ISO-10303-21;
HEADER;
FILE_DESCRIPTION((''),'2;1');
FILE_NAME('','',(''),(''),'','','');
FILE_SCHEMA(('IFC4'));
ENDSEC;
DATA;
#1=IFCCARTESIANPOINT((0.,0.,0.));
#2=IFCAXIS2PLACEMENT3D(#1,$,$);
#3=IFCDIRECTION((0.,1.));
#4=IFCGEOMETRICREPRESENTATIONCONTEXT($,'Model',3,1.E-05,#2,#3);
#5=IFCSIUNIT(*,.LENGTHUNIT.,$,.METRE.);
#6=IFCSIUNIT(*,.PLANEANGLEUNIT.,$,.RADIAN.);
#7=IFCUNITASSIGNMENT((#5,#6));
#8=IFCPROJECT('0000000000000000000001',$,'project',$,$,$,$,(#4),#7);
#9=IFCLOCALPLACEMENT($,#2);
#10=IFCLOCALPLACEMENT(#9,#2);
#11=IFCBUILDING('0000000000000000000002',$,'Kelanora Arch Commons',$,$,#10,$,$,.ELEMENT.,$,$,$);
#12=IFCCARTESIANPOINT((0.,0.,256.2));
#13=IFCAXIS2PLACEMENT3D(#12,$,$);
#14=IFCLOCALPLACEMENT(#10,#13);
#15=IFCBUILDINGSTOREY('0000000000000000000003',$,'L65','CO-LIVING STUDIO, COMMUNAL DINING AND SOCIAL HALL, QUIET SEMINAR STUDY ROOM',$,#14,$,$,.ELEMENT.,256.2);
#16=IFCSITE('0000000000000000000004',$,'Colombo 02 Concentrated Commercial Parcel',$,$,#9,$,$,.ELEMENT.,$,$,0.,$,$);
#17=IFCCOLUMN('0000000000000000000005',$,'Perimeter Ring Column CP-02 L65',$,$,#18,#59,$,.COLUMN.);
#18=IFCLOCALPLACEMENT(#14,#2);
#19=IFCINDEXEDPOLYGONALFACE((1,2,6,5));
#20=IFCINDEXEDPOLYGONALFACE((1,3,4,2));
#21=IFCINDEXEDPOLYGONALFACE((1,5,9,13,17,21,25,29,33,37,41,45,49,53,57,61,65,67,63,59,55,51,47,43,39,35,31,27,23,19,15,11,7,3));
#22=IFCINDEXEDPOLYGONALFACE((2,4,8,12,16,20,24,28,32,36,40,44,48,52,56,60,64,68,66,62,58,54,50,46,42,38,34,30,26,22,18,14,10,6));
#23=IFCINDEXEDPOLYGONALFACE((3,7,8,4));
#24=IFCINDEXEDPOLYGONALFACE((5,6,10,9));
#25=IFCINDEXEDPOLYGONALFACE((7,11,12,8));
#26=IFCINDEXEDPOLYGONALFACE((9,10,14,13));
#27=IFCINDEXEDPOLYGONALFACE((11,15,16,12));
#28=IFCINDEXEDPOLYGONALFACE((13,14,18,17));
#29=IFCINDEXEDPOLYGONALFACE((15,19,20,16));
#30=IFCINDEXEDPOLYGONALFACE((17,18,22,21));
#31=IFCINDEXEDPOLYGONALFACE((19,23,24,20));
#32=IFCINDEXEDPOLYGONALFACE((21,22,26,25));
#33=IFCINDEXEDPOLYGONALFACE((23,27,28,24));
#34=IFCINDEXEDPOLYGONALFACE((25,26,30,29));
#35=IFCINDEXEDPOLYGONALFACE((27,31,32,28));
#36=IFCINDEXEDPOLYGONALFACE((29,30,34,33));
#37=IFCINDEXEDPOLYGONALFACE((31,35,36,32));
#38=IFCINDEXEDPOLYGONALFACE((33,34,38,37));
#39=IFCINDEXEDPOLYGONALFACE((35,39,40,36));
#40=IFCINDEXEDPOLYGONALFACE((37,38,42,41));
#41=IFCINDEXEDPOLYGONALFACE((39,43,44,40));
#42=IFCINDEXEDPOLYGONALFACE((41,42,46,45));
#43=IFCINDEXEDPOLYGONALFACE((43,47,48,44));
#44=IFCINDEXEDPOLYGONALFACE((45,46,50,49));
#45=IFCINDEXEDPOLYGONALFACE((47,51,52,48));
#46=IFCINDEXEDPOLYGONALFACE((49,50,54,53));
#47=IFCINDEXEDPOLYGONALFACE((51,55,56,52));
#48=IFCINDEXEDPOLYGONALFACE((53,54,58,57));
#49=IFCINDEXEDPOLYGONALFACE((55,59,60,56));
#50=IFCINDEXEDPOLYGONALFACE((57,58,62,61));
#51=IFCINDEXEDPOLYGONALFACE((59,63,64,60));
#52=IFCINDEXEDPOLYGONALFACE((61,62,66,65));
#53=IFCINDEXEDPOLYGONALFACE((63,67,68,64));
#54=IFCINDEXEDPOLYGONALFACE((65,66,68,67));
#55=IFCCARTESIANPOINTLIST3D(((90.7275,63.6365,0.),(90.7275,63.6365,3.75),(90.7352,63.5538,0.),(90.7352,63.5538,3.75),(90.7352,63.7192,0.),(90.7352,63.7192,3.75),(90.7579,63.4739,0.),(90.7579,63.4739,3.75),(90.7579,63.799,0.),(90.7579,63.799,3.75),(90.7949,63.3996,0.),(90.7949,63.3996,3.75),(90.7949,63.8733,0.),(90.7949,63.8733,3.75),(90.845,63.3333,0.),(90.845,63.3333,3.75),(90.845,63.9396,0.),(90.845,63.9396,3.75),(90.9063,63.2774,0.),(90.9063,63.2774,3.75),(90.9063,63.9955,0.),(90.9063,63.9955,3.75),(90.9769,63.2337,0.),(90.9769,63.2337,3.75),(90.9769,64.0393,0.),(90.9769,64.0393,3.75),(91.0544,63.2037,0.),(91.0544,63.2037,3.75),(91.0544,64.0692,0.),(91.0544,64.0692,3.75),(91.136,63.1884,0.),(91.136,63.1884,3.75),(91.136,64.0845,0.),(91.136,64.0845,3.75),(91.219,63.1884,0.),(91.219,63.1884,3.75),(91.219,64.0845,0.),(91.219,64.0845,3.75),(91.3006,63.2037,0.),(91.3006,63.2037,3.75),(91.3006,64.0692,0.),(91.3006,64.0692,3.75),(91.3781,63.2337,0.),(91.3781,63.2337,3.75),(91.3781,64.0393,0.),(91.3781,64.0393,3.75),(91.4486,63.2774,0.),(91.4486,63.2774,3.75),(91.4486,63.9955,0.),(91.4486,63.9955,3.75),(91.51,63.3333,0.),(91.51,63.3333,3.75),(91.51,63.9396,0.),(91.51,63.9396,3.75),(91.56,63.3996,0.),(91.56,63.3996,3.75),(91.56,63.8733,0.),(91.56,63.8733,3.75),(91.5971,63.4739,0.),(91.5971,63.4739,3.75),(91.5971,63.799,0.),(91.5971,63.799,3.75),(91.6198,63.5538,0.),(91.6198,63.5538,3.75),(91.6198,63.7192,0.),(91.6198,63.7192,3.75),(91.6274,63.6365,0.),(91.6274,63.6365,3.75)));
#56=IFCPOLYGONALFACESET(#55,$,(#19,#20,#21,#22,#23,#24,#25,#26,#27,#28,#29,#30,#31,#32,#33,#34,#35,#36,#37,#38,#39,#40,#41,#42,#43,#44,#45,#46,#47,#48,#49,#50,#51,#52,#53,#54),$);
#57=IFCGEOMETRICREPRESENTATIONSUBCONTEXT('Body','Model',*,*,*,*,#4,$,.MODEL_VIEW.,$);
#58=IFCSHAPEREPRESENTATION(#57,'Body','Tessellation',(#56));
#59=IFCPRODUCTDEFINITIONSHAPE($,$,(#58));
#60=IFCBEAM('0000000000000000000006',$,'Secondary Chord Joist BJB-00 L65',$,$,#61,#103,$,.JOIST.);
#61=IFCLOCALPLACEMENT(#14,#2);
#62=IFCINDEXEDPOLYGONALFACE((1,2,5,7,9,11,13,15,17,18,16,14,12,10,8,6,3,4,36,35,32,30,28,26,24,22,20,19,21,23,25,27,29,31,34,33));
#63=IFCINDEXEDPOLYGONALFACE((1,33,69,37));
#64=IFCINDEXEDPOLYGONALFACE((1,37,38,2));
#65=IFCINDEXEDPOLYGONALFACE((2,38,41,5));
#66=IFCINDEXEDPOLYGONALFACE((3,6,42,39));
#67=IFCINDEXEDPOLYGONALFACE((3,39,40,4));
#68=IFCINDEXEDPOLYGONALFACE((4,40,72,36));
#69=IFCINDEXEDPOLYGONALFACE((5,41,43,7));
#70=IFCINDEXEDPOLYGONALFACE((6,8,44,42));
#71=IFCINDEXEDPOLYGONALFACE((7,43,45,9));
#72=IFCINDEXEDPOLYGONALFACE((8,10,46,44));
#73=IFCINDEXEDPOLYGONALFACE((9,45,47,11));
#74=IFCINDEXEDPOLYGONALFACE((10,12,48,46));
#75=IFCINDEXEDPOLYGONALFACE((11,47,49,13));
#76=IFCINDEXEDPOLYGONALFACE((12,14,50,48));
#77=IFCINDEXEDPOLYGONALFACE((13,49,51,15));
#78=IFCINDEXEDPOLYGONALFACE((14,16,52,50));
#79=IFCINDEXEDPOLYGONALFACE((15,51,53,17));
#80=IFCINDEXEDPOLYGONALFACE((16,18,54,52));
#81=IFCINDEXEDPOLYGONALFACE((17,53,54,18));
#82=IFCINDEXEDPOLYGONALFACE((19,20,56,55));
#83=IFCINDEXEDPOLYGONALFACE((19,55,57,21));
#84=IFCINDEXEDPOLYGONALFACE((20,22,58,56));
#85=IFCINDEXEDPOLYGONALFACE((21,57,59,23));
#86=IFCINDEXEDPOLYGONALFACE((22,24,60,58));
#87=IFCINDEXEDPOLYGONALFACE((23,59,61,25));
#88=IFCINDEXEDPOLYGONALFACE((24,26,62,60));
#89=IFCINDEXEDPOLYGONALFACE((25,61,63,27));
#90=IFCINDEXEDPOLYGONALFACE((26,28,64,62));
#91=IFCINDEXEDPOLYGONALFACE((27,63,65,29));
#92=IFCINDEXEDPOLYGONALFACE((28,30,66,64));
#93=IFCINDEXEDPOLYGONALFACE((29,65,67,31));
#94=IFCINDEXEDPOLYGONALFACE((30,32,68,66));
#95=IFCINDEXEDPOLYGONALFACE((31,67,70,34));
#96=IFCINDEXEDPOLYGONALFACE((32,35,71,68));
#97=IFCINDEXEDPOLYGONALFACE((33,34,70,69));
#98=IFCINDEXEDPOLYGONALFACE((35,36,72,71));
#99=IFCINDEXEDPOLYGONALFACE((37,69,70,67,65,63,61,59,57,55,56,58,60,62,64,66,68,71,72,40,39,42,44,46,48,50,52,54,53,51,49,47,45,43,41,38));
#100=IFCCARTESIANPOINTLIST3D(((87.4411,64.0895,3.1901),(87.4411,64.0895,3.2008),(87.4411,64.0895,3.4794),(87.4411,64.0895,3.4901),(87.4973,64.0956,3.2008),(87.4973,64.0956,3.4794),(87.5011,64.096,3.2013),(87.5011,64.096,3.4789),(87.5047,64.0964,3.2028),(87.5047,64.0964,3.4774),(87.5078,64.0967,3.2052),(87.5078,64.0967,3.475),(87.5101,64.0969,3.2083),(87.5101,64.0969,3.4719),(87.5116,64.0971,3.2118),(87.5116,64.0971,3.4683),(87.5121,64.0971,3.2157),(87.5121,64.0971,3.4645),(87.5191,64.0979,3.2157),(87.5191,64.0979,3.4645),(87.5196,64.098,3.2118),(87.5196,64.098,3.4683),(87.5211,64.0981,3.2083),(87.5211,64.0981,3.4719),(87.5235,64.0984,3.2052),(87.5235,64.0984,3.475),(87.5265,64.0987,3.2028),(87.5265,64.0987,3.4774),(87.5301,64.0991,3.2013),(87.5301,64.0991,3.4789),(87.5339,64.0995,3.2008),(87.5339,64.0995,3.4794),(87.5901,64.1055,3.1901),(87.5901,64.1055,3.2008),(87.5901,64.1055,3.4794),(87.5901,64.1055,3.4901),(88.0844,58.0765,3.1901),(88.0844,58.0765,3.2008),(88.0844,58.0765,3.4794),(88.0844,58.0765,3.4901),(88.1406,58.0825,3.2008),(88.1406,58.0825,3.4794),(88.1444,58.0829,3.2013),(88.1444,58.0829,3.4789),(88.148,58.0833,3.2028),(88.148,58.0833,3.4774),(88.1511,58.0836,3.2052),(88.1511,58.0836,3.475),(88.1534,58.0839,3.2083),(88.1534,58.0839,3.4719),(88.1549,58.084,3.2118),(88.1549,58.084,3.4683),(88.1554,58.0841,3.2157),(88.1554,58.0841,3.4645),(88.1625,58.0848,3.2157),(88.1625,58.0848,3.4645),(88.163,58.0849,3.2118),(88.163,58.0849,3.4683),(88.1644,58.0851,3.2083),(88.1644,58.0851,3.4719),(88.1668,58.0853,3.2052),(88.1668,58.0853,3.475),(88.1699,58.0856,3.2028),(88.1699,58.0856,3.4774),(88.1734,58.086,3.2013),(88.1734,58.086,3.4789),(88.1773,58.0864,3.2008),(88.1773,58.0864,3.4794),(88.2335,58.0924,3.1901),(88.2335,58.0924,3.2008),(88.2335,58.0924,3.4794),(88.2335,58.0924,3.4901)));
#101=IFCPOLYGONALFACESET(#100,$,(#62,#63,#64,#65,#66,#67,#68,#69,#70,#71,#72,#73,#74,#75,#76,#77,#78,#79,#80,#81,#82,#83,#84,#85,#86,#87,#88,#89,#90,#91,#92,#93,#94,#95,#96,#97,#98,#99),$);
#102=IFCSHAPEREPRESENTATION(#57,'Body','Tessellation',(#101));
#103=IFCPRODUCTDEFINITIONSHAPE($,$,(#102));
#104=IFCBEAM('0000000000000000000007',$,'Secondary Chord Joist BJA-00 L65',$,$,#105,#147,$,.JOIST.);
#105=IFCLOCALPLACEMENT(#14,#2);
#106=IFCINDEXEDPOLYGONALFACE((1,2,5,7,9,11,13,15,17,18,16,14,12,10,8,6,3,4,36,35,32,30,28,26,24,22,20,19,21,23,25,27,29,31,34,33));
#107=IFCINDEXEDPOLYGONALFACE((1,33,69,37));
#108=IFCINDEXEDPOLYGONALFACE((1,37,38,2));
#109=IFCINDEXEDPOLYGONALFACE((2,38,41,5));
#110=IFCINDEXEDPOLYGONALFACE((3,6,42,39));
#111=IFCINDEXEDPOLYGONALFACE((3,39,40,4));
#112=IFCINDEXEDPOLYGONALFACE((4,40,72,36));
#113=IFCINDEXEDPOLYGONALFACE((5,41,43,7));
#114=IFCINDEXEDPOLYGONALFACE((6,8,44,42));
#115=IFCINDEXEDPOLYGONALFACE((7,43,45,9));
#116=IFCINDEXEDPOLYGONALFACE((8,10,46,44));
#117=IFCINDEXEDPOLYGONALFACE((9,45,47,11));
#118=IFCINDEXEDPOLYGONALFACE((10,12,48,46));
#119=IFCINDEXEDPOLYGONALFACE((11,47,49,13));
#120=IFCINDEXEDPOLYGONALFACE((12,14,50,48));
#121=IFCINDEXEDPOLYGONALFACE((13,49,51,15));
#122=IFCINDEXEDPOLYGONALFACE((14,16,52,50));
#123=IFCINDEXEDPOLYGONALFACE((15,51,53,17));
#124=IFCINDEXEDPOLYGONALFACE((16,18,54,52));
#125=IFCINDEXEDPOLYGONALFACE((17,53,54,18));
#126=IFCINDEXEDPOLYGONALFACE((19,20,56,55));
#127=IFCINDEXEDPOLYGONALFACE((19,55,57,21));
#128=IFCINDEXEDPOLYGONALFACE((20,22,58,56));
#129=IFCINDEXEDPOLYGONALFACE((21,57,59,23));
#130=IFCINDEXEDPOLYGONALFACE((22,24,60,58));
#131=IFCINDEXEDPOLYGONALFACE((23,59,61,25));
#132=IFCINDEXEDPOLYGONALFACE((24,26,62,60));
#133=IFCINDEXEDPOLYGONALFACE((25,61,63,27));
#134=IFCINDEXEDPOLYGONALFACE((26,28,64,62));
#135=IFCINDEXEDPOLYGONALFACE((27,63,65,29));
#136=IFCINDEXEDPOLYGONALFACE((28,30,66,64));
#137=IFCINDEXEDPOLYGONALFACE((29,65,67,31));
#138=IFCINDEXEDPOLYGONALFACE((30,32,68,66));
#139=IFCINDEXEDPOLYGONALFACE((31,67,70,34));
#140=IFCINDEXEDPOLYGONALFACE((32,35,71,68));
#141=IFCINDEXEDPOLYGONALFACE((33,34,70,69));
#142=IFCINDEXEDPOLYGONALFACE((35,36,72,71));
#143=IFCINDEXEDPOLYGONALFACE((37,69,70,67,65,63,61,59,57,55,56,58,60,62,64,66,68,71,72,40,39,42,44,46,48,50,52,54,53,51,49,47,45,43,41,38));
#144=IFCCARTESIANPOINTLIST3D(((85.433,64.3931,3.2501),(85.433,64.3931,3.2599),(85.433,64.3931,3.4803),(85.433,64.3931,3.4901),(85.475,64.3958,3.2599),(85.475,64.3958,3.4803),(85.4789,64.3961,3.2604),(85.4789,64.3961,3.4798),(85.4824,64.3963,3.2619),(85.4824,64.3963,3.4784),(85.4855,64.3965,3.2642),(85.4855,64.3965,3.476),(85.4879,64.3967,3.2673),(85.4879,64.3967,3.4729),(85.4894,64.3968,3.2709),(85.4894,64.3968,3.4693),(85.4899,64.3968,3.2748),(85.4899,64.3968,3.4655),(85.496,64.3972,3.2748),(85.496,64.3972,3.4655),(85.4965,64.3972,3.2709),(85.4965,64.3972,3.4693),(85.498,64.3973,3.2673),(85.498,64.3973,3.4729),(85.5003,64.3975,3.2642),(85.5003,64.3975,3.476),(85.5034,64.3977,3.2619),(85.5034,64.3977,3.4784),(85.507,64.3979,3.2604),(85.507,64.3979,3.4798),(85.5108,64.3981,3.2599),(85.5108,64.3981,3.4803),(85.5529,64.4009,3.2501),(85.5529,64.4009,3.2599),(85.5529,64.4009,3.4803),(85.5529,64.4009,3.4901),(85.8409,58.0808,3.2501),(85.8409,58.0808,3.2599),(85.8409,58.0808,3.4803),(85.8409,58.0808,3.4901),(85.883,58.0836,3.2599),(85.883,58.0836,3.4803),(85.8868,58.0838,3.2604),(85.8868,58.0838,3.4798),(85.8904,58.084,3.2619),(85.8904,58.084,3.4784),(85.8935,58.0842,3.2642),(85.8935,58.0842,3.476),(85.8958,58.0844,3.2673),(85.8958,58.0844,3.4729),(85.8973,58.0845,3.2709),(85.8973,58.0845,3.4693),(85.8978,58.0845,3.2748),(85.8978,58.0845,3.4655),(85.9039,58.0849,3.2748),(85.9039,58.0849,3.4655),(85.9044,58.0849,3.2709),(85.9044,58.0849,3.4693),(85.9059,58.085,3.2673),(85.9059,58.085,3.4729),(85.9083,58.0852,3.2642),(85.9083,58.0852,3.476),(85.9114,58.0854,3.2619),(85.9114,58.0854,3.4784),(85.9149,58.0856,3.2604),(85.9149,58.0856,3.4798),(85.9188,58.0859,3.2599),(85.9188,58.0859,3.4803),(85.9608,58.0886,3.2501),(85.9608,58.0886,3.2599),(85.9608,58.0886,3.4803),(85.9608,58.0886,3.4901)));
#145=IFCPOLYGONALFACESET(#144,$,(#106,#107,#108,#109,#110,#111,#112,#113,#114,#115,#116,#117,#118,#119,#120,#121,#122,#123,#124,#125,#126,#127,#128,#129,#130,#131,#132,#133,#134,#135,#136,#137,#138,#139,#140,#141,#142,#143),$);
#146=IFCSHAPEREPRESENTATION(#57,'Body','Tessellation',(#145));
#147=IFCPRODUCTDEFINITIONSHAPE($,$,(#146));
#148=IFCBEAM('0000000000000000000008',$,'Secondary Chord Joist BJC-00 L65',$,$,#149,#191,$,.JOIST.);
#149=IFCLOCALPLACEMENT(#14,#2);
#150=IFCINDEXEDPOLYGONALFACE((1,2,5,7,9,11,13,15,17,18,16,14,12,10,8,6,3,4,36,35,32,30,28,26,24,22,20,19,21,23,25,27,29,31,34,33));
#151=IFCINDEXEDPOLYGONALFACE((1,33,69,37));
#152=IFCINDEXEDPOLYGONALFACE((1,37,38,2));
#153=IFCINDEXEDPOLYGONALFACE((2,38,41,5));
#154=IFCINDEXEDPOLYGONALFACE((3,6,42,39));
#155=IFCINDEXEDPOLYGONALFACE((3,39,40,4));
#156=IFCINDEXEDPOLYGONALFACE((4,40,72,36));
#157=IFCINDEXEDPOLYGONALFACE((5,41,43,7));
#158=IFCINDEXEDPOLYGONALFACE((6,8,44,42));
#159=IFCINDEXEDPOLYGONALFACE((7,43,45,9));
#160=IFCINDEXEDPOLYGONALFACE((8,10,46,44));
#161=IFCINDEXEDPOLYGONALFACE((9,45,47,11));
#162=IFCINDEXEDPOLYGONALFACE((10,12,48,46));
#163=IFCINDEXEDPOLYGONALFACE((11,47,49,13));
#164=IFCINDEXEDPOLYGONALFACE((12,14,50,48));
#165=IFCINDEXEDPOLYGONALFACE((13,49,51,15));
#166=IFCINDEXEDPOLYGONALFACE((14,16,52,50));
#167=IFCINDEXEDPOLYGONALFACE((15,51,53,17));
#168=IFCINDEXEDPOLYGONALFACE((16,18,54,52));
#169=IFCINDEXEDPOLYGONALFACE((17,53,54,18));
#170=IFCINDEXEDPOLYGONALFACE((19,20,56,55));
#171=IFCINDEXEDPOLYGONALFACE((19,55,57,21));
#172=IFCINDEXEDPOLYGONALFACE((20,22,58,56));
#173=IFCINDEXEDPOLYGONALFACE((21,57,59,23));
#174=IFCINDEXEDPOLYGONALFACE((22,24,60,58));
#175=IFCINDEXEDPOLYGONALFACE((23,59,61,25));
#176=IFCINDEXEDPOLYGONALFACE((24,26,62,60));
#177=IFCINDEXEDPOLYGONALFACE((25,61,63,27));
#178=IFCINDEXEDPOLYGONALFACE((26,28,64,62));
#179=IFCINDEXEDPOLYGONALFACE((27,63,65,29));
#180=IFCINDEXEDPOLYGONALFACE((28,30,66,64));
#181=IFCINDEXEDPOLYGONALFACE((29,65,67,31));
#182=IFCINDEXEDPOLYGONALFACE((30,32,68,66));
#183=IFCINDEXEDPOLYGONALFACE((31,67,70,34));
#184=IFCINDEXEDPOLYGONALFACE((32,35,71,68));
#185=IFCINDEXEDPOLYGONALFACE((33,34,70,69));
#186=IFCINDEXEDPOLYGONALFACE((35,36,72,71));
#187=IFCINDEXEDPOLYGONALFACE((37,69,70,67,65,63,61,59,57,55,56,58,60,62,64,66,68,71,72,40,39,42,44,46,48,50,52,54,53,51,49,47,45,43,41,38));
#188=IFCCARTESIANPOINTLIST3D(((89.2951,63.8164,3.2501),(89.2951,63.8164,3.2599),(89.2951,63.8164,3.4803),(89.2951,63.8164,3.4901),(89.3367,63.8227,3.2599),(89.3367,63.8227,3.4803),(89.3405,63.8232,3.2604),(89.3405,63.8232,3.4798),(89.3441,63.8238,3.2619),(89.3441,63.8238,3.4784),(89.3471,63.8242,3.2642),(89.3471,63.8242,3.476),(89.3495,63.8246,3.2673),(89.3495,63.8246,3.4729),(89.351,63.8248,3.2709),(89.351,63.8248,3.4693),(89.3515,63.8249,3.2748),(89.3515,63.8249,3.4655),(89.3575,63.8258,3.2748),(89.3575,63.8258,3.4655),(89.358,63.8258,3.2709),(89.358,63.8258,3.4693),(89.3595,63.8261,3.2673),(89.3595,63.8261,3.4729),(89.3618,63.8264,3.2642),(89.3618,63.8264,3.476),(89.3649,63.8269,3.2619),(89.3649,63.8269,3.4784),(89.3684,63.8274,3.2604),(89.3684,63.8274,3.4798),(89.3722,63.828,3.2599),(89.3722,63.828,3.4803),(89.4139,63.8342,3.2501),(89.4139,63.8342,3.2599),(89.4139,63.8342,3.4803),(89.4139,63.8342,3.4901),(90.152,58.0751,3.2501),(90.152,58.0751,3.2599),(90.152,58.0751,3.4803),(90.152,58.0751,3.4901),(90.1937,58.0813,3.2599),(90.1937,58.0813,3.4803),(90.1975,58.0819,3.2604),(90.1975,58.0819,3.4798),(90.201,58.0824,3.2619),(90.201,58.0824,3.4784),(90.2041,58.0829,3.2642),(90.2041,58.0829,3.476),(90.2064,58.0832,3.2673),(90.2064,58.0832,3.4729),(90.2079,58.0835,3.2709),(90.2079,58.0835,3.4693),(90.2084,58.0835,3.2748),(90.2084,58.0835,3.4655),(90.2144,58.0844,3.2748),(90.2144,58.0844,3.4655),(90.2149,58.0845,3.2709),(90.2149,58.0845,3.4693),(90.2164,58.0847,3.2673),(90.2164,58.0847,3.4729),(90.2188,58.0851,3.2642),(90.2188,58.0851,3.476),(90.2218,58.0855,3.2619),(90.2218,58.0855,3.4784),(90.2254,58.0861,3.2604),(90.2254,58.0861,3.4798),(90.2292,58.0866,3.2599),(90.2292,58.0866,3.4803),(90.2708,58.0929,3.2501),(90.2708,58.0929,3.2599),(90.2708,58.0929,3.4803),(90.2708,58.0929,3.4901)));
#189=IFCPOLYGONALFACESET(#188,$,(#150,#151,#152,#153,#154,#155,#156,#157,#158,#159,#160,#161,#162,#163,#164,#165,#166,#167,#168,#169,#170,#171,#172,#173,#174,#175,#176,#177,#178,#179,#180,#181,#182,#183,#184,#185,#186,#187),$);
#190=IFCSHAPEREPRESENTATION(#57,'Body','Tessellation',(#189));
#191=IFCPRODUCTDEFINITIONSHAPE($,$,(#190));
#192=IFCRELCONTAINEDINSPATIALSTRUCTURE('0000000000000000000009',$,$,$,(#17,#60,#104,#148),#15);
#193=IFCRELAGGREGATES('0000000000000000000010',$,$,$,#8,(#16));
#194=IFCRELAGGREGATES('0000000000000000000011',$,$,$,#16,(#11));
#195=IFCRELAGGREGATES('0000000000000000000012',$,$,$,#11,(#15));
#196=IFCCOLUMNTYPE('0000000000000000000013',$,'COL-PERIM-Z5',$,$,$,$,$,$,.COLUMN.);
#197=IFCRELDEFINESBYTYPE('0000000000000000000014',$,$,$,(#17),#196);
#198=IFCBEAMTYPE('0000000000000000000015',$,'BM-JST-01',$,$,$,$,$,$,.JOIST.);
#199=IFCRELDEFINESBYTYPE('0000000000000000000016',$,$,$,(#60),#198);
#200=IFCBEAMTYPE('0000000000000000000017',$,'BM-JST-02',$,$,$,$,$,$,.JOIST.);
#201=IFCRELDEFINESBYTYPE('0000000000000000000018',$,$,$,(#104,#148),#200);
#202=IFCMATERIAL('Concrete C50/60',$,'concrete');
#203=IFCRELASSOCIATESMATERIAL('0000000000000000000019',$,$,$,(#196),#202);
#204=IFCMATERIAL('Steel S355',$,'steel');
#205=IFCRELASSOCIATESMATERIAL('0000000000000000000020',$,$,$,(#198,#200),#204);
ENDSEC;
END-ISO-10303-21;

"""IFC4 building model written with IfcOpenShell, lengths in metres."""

from ifc_helpers import new_model, si_unit, direction, frame, origin, origin_2d, place, context, subcontext, project, spatial, circle, i_section, extrude, material, material_profile, profile_set, type_object, element, save


model = new_model("IFC4")

# Units and contexts
model_context = context("Model", 3, precision=1e-05, world=origin(), true_north=direction((0.0, 1.0)))
body_context = subcontext(model_context, "Body", "Model", "MODEL_VIEW")
ifc_project = project(units=[si_unit("LENGTHUNIT", "METRE"), si_unit("PLANEANGLEUNIT", "RADIAN")], contexts=[model_context])

# Site, building, storey
site_placement = place(None, origin())
site = spatial("IfcSite", under=ifc_project, at=site_placement, Name="Colombo 02 Concentrated Commercial Parcel", CompositionType="ELEMENT", RefElevation=0.0)
building_placement = place(site_placement, origin())
building = spatial("IfcBuilding", under=site, at=building_placement, Name="Kelanora Arch Commons", CompositionType="ELEMENT")
storey_placement = place(building_placement, frame((0.0, 0.0, 256.2)))
storey = spatial("IfcBuildingStorey", under=building, at=storey_placement, Name="L65", Description="CO-LIVING STUDIO, COMMUNAL DINING AND SOCIAL HALL, QUIET SEMINAR STUDY ROOM", CompositionType="ELEMENT", Elevation=256.2)

# Column
ifc_material_1 = material(Name="Concrete C50/60", Category="concrete")
ifc_material_profile_1 = material_profile(ifc_material_1, circle(Radius=0.45, at=origin_2d()), Name="RCC900")
ifc_profile_set_1 = profile_set([ifc_material_profile_1], Name="Concrete C50/60")
column_type = type_object("IfcColumnType", Name="COL-PERIM-Z5", PredefinedType="COLUMN", material=ifc_profile_set_1)
column_placement = place(storey_placement, frame((91.1775, 63.6365, 0.0), z_axis=(0.0, 0.0, 1.0), x_axis=(1.0, 0.0, 0.0)))
element("IfcColumn", 1, at=column_placement, inside=storey, type_object=column_type, Name="Perimeter Ring Column CP-02 L65", PredefinedType="COLUMN", context=body_context, shape_type="SweptSolid", body=[
    extrude(circle(Radius=0.45, at=origin_2d()), origin(), (0.0, 0.0, 1.0), 3.75),
])

# Beams
ifc_material_2 = material(Name="Steel S355", Category="steel")
ifc_material_profile_2 = material_profile(ifc_material_2, i_section(OverallWidth=0.1499, OverallDepth=0.3, WebThickness=0.0071, FlangeThickness=0.0107, FilletRadius=0.0149, at=origin_2d()), Name="IPE300")
ifc_profile_set_2 = profile_set([ifc_material_profile_2], Name="Steel S355")
beam_type_1 = type_object("IfcBeamType", Name="BM-JST-01", PredefinedType="JOIST", material=ifc_profile_set_2)
beam_1_placement = place(storey_placement, frame((88.1589, 58.0845, 3.3401), z_axis=(-0.106381, 0.994325, 0.0), x_axis=(-0.994325, -0.106381, 0.0)))
element("IfcBeam", 2, at=beam_1_placement, inside=storey, type_object=beam_type_1, Name="Secondary Chord Joist BJB-00 L65", PredefinedType="JOIST", context=body_context, shape_type="SweptSolid", body=[
    extrude(i_section(OverallWidth=0.1499, OverallDepth=0.3, WebThickness=0.0071, FlangeThickness=0.0107, FilletRadius=0.0149, at=origin_2d()), origin(), (0.0, 0.0, 1.0), 6.0474),
])
ifc_material_profile_3 = material_profile(ifc_material_2, i_section(OverallWidth=0.1201, OverallDepth=0.24, WebThickness=0.0061, FlangeThickness=0.0098, FilletRadius=0.0149, at=origin_2d()), Name="IPE240")
ifc_profile_set_3 = profile_set([ifc_material_profile_3], Name="Steel S355")
beam_type_2 = type_object("IfcBeamType", Name="BM-JST-02", PredefinedType="JOIST", material=ifc_profile_set_3)
beam_2_placement = place(storey_placement, frame((85.9009, 58.0847, 3.3701), z_axis=(-0.064495, 0.997918, 0.0), x_axis=(-0.997918, -0.064495, 0.0)))
element("IfcBeam", 3, at=beam_2_placement, inside=storey, type_object=beam_type_2, Name="Secondary Chord Joist BJA-00 L65", PredefinedType="JOIST", context=body_context, shape_type="SweptSolid", body=[
    extrude(i_section(OverallWidth=0.1201, OverallDepth=0.24, WebThickness=0.0061, FlangeThickness=0.0098, FilletRadius=0.0149, at=origin_2d()), origin(), (0.0, 0.0, 1.0), 6.3254),
])
beam_3_placement = place(storey_placement, frame((90.2114, 58.084, 3.3701), z_axis=(-0.147625, 0.989043, 0.0), x_axis=(-0.989043, -0.147625, 0.0)))
element("IfcBeam", 4, at=beam_3_placement, inside=storey, type_object=beam_type_2, Name="Secondary Chord Joist BJC-00 L65", PredefinedType="JOIST", context=body_context, shape_type="SweptSolid", body=[
    extrude(i_section(OverallWidth=0.1201, OverallDepth=0.24, WebThickness=0.0061, FlangeThickness=0.0098, FilletRadius=0.0149, at=origin_2d()), origin(), (0.0, 0.0, 1.0), 5.8049),
])

save(model, "model.ifc")
